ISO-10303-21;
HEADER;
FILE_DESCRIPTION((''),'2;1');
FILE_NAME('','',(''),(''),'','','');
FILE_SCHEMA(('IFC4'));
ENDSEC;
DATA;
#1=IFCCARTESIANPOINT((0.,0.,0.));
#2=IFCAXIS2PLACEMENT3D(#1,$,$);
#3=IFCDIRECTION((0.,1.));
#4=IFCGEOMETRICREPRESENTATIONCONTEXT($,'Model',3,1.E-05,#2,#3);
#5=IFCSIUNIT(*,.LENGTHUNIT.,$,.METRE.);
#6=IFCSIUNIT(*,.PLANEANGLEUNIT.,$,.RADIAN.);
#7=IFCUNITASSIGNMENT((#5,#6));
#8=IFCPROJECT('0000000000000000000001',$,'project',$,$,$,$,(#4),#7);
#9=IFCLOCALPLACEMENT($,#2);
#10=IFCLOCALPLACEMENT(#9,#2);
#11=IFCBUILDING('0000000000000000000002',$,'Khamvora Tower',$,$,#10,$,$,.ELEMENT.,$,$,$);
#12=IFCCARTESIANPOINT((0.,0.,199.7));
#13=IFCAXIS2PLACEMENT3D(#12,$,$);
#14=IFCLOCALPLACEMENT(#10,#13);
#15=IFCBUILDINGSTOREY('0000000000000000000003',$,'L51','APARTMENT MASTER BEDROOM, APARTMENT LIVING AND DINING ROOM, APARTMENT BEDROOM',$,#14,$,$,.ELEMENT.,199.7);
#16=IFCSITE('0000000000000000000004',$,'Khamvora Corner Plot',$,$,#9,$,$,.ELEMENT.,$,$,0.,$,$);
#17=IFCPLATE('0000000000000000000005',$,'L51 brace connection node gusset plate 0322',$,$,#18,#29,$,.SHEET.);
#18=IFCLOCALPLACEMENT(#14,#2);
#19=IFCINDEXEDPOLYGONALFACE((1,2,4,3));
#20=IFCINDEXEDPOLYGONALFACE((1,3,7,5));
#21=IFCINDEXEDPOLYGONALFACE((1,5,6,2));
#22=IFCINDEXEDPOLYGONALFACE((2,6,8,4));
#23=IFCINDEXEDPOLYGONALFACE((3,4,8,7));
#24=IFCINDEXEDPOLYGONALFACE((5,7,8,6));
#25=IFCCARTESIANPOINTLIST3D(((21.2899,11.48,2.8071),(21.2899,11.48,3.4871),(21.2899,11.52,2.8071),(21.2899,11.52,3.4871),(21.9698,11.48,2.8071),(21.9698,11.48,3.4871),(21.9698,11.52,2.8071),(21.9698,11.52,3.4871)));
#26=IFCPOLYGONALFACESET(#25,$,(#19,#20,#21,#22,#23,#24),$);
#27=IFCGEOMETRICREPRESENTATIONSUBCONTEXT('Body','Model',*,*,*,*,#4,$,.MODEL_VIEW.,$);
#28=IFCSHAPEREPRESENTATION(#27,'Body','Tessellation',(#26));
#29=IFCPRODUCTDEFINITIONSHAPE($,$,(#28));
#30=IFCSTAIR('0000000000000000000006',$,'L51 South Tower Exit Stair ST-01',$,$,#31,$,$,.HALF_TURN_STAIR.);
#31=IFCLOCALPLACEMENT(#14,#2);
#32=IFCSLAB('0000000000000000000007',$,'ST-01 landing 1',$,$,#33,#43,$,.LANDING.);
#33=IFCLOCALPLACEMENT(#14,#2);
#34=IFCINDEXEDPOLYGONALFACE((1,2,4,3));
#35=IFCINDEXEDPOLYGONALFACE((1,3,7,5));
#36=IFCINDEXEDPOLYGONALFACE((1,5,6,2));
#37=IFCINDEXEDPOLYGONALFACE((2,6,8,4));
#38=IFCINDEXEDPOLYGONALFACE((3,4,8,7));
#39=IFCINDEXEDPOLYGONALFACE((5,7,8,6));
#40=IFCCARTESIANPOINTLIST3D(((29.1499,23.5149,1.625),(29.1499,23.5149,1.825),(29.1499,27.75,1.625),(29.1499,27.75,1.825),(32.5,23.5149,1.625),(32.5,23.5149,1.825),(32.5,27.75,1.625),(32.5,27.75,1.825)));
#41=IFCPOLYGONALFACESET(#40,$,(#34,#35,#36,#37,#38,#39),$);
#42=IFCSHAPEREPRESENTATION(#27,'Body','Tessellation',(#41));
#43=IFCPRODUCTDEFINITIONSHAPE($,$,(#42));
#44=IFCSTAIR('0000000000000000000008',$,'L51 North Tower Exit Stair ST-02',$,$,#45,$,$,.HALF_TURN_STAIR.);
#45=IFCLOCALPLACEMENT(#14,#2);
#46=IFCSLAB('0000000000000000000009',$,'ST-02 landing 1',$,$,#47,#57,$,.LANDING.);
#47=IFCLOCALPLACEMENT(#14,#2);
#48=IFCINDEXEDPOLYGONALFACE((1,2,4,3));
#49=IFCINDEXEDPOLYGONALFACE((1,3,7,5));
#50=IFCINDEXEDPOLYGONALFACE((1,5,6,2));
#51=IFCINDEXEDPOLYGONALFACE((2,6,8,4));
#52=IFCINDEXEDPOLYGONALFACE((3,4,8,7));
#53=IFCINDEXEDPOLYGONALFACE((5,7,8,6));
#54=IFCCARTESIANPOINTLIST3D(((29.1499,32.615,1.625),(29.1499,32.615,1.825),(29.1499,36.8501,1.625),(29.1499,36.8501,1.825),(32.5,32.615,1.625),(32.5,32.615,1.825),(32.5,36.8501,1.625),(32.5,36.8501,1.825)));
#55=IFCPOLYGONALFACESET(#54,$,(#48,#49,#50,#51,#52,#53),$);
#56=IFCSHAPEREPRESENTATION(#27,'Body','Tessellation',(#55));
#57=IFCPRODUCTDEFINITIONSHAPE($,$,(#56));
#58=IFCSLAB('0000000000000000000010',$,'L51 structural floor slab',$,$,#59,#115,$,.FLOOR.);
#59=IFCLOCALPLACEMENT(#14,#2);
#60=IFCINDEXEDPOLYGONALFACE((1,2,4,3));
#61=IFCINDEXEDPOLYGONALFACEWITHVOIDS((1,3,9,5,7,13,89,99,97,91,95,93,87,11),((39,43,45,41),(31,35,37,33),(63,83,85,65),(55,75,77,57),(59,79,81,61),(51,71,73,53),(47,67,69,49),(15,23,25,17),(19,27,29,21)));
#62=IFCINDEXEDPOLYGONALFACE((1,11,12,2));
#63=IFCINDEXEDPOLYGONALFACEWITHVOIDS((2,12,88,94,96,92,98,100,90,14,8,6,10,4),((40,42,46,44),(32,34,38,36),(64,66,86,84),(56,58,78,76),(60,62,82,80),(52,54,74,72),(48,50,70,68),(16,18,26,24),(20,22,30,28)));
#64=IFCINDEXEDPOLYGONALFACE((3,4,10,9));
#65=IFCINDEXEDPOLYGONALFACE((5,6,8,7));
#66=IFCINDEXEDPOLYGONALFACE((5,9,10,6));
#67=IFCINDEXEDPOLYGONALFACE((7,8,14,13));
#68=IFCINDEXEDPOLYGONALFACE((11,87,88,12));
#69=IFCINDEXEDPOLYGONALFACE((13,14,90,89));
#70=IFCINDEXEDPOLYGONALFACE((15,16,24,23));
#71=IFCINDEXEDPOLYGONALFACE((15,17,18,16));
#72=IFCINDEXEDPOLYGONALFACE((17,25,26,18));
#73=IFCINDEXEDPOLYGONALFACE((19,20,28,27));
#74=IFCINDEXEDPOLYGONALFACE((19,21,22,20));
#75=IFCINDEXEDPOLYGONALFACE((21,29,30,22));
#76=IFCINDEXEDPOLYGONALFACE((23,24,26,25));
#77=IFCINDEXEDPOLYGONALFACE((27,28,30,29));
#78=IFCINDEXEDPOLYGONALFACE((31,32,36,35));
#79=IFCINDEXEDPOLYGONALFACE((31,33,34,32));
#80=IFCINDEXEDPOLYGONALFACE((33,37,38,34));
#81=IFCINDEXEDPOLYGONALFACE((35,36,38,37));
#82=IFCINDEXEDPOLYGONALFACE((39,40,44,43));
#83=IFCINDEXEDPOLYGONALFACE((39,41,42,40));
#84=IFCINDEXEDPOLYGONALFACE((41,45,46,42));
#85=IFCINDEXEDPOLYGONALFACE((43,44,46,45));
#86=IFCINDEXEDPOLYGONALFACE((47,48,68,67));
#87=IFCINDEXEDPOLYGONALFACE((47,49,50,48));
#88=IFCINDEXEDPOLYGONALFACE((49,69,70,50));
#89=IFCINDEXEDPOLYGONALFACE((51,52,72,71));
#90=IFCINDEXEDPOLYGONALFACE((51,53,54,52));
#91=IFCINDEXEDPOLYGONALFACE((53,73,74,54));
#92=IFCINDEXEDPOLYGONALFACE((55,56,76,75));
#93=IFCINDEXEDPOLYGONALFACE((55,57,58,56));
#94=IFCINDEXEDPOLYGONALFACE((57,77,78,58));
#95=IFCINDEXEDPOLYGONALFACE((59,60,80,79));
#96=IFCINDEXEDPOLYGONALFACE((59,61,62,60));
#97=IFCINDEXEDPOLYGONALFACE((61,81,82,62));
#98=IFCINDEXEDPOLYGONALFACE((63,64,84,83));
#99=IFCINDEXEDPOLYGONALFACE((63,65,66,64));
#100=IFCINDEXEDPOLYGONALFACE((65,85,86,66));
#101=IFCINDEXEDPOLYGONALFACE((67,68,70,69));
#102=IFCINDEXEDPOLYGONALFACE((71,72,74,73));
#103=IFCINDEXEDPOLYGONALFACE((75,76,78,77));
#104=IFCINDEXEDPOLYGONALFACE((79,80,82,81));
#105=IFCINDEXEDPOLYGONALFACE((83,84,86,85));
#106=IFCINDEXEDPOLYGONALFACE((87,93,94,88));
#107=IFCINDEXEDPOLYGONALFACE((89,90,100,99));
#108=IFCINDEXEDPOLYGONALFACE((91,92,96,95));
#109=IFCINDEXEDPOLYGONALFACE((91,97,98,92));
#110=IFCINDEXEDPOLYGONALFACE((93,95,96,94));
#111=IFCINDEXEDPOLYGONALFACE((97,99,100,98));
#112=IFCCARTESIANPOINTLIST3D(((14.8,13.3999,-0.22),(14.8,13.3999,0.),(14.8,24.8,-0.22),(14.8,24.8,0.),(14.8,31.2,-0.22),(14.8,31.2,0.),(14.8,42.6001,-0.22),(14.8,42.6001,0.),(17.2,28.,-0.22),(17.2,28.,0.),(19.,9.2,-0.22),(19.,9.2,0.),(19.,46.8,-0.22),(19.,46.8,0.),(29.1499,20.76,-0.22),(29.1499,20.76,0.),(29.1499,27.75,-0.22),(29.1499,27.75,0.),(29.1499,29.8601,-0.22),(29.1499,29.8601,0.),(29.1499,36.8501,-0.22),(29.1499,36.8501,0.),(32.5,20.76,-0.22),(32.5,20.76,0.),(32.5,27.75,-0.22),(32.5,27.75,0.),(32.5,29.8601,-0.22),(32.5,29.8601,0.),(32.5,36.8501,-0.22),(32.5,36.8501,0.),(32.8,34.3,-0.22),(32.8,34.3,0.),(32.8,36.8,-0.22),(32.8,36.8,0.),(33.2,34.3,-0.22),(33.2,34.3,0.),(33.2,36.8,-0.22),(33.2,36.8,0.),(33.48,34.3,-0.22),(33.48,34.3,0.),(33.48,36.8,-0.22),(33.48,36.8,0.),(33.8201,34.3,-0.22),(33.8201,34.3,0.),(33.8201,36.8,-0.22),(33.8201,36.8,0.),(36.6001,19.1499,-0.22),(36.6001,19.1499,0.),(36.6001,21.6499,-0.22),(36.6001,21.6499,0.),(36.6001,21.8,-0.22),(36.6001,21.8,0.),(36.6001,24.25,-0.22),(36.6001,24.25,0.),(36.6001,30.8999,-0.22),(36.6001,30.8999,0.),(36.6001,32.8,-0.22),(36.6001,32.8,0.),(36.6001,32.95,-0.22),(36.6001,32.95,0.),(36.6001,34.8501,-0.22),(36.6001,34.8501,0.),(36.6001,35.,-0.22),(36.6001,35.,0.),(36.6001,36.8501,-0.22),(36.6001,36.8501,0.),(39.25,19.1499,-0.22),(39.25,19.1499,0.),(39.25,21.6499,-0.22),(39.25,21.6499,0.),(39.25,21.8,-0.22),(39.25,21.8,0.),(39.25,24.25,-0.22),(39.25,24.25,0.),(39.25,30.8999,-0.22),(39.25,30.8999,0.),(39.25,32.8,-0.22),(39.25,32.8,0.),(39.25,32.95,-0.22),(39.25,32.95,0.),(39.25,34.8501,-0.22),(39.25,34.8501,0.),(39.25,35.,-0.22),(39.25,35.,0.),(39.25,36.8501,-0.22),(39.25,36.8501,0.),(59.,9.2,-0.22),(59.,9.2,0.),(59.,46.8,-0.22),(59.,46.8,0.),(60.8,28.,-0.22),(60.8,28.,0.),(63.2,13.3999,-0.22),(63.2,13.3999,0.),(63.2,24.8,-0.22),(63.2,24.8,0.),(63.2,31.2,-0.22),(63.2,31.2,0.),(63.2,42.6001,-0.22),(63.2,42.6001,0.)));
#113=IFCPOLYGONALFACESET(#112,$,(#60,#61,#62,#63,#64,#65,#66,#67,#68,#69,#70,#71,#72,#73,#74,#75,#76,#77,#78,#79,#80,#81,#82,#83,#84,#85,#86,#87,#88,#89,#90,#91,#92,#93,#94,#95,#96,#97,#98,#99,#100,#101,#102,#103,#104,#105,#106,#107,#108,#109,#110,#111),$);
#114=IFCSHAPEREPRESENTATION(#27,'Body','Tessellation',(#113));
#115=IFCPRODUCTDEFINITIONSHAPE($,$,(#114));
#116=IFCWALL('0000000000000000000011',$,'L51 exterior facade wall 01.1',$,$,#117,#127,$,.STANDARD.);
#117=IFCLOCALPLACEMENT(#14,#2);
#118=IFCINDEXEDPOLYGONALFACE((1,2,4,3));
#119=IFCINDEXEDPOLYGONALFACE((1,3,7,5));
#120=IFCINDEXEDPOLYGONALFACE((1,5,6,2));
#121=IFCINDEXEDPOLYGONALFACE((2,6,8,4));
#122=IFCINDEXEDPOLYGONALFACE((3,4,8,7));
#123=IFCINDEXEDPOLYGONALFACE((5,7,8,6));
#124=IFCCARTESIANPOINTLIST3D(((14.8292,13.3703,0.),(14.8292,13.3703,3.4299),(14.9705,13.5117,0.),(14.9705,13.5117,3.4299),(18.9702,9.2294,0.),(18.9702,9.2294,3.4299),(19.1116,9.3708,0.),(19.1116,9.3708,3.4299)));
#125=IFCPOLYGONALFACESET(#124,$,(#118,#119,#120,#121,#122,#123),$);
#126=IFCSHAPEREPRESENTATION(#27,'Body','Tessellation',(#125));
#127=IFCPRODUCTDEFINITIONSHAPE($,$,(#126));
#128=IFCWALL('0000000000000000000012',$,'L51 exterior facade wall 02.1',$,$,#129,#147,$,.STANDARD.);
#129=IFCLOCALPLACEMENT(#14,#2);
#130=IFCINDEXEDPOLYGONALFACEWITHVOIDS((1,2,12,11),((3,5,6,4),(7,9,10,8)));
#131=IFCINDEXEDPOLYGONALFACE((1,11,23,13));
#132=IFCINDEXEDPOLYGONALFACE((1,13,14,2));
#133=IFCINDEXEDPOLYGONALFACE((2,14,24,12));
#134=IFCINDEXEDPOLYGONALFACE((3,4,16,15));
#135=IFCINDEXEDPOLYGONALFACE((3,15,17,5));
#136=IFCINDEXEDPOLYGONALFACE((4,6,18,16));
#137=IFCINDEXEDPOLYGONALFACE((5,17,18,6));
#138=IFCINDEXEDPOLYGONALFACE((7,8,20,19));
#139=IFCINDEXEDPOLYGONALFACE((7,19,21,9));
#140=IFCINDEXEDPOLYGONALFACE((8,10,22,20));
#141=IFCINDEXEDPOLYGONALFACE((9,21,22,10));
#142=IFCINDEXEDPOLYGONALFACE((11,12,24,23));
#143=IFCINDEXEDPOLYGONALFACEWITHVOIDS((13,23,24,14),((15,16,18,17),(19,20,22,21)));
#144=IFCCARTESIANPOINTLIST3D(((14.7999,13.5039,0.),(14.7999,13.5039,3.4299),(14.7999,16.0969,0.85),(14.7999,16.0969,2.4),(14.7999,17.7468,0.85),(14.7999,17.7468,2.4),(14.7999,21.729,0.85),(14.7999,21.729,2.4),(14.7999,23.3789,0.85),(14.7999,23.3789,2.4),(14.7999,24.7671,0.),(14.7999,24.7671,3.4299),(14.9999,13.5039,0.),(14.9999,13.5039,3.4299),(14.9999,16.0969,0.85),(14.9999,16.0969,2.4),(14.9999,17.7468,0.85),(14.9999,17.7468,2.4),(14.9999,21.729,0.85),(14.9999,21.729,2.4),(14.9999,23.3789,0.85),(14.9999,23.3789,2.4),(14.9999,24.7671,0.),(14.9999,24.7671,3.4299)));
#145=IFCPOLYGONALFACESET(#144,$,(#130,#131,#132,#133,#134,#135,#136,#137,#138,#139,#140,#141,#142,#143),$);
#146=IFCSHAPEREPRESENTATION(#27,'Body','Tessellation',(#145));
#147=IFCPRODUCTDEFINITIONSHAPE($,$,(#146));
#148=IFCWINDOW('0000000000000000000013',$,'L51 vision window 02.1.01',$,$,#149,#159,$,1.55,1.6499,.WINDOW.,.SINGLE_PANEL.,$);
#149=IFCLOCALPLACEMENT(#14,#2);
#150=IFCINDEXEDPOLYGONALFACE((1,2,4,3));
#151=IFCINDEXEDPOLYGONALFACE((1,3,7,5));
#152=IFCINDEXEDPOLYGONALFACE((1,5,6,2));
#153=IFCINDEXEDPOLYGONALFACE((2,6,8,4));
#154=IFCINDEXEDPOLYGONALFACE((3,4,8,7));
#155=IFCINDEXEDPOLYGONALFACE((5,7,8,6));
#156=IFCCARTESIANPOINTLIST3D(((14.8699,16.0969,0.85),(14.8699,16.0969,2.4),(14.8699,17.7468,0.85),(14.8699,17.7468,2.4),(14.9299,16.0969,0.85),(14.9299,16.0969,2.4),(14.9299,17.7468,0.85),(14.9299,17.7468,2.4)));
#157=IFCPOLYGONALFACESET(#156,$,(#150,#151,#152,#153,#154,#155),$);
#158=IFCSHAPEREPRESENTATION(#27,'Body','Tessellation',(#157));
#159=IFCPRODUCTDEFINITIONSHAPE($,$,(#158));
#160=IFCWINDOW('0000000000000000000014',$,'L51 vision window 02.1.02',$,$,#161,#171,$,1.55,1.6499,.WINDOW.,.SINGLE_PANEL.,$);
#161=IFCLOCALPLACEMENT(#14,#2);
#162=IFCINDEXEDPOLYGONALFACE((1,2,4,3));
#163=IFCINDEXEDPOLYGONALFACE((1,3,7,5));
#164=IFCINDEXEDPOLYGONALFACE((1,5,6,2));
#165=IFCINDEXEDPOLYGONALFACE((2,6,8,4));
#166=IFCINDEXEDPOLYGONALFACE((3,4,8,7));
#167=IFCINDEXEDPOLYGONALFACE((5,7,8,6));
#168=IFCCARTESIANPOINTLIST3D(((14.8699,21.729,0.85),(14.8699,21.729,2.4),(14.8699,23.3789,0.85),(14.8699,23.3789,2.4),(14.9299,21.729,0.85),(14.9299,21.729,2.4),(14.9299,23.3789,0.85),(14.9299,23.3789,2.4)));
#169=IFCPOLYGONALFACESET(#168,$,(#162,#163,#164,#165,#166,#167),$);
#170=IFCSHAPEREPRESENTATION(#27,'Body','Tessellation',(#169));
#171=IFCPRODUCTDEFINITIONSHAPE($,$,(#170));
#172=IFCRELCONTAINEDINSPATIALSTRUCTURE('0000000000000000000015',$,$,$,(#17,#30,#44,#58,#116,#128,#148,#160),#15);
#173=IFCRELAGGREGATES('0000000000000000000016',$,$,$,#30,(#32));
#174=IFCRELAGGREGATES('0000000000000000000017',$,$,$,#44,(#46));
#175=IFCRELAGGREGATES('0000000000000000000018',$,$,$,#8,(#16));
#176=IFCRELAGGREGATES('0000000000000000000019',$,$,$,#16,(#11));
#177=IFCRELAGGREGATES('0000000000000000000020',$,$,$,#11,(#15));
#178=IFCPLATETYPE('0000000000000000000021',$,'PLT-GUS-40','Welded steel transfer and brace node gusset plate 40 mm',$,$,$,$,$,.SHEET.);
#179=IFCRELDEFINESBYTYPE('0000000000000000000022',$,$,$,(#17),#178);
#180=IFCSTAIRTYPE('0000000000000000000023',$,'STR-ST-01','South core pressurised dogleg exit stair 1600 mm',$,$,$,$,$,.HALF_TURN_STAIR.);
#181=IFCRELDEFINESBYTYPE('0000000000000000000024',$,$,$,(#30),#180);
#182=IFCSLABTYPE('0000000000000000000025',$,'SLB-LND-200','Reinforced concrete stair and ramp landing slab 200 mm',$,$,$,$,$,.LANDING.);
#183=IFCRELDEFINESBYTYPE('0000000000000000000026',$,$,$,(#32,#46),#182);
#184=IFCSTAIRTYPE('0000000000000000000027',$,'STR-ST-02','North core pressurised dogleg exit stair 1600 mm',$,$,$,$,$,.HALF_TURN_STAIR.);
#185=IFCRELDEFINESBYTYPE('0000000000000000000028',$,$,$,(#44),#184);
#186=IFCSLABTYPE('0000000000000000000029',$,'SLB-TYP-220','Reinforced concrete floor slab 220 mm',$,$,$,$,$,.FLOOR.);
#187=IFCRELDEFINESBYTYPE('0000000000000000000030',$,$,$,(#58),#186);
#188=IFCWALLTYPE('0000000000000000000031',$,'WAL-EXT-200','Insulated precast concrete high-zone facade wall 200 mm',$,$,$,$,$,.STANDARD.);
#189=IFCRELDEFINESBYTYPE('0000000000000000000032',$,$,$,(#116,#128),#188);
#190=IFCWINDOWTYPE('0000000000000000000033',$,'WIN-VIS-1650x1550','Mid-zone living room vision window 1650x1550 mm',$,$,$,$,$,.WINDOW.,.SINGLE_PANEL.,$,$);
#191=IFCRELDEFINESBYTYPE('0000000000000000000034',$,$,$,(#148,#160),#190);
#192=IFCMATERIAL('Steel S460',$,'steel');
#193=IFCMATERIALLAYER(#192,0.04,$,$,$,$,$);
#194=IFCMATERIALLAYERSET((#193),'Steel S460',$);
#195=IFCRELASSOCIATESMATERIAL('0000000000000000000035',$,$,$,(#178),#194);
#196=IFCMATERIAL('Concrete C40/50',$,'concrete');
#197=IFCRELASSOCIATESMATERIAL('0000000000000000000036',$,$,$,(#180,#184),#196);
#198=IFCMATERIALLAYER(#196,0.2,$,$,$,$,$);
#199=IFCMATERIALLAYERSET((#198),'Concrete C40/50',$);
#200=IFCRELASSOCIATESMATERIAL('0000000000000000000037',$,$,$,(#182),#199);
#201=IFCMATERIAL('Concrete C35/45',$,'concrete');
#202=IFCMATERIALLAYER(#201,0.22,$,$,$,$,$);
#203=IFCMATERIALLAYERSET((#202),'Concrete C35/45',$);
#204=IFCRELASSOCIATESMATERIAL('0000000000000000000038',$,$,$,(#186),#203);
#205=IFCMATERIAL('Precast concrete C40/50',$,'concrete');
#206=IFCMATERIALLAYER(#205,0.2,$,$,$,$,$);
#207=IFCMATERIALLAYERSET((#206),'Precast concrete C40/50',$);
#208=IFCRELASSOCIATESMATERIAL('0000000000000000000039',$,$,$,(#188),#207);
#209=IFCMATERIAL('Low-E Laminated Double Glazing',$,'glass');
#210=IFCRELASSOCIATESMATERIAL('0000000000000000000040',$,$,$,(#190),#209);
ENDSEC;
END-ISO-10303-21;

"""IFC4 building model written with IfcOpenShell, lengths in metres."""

from ifc_helpers import new_model, si_unit, direction, frame, frame_2d, origin, origin_2d, place, context, subcontext, project, spatial, polyline, rectangle, outline, extrude, material, layer, layer_set, type_object, element, fill, aggregate, save


model = new_model("IFC4")

# Units and contexts
model_context = context("Model", 3, precision=1e-05, world=origin(), true_north=direction((0.0, 1.0)))
body_context = subcontext(model_context, "Body", "Model", "MODEL_VIEW")
ifc_project = project(units=[si_unit("LENGTHUNIT", "METRE"), si_unit("PLANEANGLEUNIT", "RADIAN")], contexts=[model_context])

# Site, building, storey
site_placement = place(None, origin())
site = spatial("IfcSite", under=ifc_project, at=site_placement, Name="Khamvora Corner Plot", CompositionType="ELEMENT", RefElevation=0.0)
building_placement = place(site_placement, origin())
building = spatial("IfcBuilding", under=site, at=building_placement, Name="Khamvora Tower", CompositionType="ELEMENT")
storey_placement = place(building_placement, frame((0.0, 0.0, 199.7)))
storey = spatial("IfcBuildingStorey", under=building, at=storey_placement, Name="L51", Description="APARTMENT MASTER BEDROOM, APARTMENT LIVING AND DINING ROOM, APARTMENT BEDROOM", CompositionType="ELEMENT", Elevation=199.7)

# Plate
ifc_material_1 = material(Name="Steel S460", Category="steel")
ifc_layer_1 = layer(ifc_material_1, 0.04)
ifc_layer_set_1 = layer_set([ifc_layer_1], Name="Steel S460")
plate_type_1 = type_object("IfcPlateType", Name="PLT-GUS-40", Description="Welded steel transfer and brace node gusset plate 40 mm", PredefinedType="SHEET", material=ifc_layer_set_1)
plate_1_placement = place(storey_placement, frame((21.6299, 11.5, 2.8071), z_axis=(0.0, 0.0, 1.0), x_axis=(1.0, 0.0, 0.0)))
element("IfcPlate", 1, at=plate_1_placement, inside=storey, type_object=plate_type_1, Name="L51 brace connection node gusset plate 0322", PredefinedType="SHEET", context=body_context, shape_type="SweptSolid", body=[
    extrude(rectangle(XDim=0.6799, YDim=0.04, at=origin_2d()), origin(), (0.0, 0.0, 1.0), 0.6799),
])

# Stairs, slabs
ifc_material_2 = material(Name="Concrete C40/50", Category="concrete")
stair_type_1 = type_object("IfcStairType", Name="STR-ST-01", Description="South core pressurised dogleg exit stair 1600 mm", PredefinedType="HALF_TURN_STAIR", material=ifc_material_2)
stair_1_placement = place(storey_placement, origin())
stair_1 = element("IfcStair", 2, at=stair_1_placement, inside=storey, type_object=stair_type_1, Name="L51 South Tower Exit Stair ST-01", PredefinedType="HALF_TURN_STAIR")
ifc_layer_2 = layer(ifc_material_2, 0.2)
ifc_layer_set_2 = layer_set([ifc_layer_2], Name="Concrete C40/50")
slab_type_1 = type_object("IfcSlabType", Name="SLB-LND-200", Description="Reinforced concrete stair and ramp landing slab 200 mm", PredefinedType="LANDING", material=ifc_layer_set_2)
slab_1_placement = place(storey_placement, frame((0.0, 0.0, 1.625)))
slab_1 = element("IfcSlab", 3, at=slab_1_placement, type_object=slab_type_1, Name="ST-01 landing 1", PredefinedType="LANDING", context=body_context, shape_type="SweptSolid", body=[
    extrude(outline(polyline([(32.5, 23.5149), (32.5, 27.75), (29.1499, 27.75), (29.1499, 23.5149), (32.5, 23.5149)])), origin(), (0.0, 0.0, 1.0), 0.2),
])
aggregate(stair_1, [slab_1])
stair_type_2 = type_object("IfcStairType", Name="STR-ST-02", Description="North core pressurised dogleg exit stair 1600 mm", PredefinedType="HALF_TURN_STAIR", material=ifc_material_2)
stair_2_placement = place(storey_placement, origin())
stair_2 = element("IfcStair", 4, at=stair_2_placement, inside=storey, type_object=stair_type_2, Name="L51 North Tower Exit Stair ST-02", PredefinedType="HALF_TURN_STAIR")
slab_2_placement = place(storey_placement, frame((0.0, 0.0, 1.625)))
slab_2 = element("IfcSlab", 5, at=slab_2_placement, type_object=slab_type_1, Name="ST-02 landing 1", PredefinedType="LANDING", context=body_context, shape_type="SweptSolid", body=[
    extrude(outline(polyline([(32.5, 32.615), (32.5, 36.8501), (29.1499, 36.8501), (29.1499, 32.615), (32.5, 32.615)])), origin(), (0.0, 0.0, 1.0), 0.2),
])
aggregate(stair_2, [slab_2])

# Slab
ifc_material_3 = material(Name="Concrete C35/45", Category="concrete")
ifc_layer_3 = layer(ifc_material_3, 0.22)
ifc_layer_set_3 = layer_set([ifc_layer_3], Name="Concrete C35/45")
slab_type_2 = type_object("IfcSlabType", Name="SLB-TYP-220", Description="Reinforced concrete floor slab 220 mm", PredefinedType="FLOOR", material=ifc_layer_set_3)
slab_3_placement = place(storey_placement, frame((0.0, 0.0, -0.22)))
element("IfcSlab", 6, at=slab_3_placement, inside=storey, type_object=slab_type_2, Name="L51 structural floor slab", PredefinedType="FLOOR", context=body_context, shape_type="SweptSolid", body=[
    extrude(outline(polyline([(19.0, 9.2), (59.0, 9.2), (63.2, 13.3999), (63.2, 24.8), (60.8, 28.0), (63.2, 31.2), (63.2, 42.6001), (59.0, 46.8), (19.0, 46.8), (14.8, 42.6001), (14.8, 31.2), (17.2, 28.0), (14.8, 24.8), (14.8, 13.3999), (19.0, 9.2)]), holes=[polyline([(32.5, 20.76), (32.5, 27.75), (29.1499, 27.75), (29.1499, 20.76), (32.5, 20.76)]), polyline([(32.5, 29.8601), (32.5, 36.8501), (29.1499, 36.8501), (29.1499, 29.8601), (32.5, 29.8601)]), polyline([(36.6001, 19.1499), (39.25, 19.1499), (39.25, 21.6499), (36.6001, 21.6499), (36.6001, 19.1499)]), polyline([(36.6001, 21.8), (39.25, 21.8), (39.25, 24.25), (36.6001, 24.25), (36.6001, 21.8)]), polyline([(36.6001, 30.8999), (39.25, 30.8999), (39.25, 32.8), (36.6001, 32.8), (36.6001, 30.8999)]), polyline([(36.6001, 32.95), (39.25, 32.95), (39.25, 34.8501), (36.6001, 34.8501), (36.6001, 32.95)]), polyline([(36.6001, 35.0), (39.25, 35.0), (39.25, 36.8501), (36.6001, 36.8501), (36.6001, 35.0)]), polyline([(32.8, 34.3), (33.2, 34.3), (33.2, 36.8), (32.8, 36.8), (32.8, 34.3)]), polyline([(33.48, 34.3), (33.8201, 34.3), (33.8201, 36.8), (33.48, 36.8), (33.48, 34.3)])]), origin(), (0.0, 0.0, 1.0), 0.22),
])

# Wall
ifc_material_4 = material(Name="Precast concrete C40/50", Category="concrete")
ifc_layer_4 = layer(ifc_material_4, 0.2)
ifc_layer_set_4 = layer_set([ifc_layer_4], Name="Precast concrete C40/50")
wall_type_1 = type_object("IfcWallType", Name="WAL-EXT-200", Description="Insulated precast concrete high-zone facade wall 200 mm", PredefinedType="STANDARD", material=ifc_layer_set_4)
wall_1_placement = place(storey_placement, frame((19.041, 9.3, 0.0), z_axis=(0.0, 0.0, 1.0), x_axis=(-0.707128, 0.707086, 0.0)))
element("IfcWall", 7, at=wall_1_placement, inside=storey, type_object=wall_type_1, Name="L51 exterior facade wall 01.1", PredefinedType="STANDARD", context=body_context, shape_type="SweptSolid", body=[
    extrude(rectangle(XDim=5.8562, YDim=0.2, at=frame_2d((2.9282, 0.0))), origin(), (0.0, 0.0, 1.0), 3.4299),
])

# Wall, openings, windows
wall_2_placement = place(storey_placement, frame((14.8999, 13.5039, 0.0), z_axis=(0.0, 0.0, 1.0), x_axis=(0.0, 1.0, 0.0)))
wall_2 = element("IfcWall", 8, at=wall_2_placement, inside=storey, type_object=wall_type_1, Name="L51 exterior facade wall 02.1", PredefinedType="STANDARD", context=body_context, shape_type="SweptSolid", body=[
    extrude(rectangle(XDim=11.2632, YDim=0.2, at=frame_2d((5.6316, 0.0))), origin(), (0.0, 0.0, 1.0), 3.4299),
])
opening_1_placement = place(wall_2_placement, frame((2.593, 0.0, 0.8501)))
opening_1 = element("IfcOpeningElement", 9, at=opening_1_placement, cuts=wall_2, PredefinedType="OPENING", context=body_context, shape_type="SweptSolid", body=[
    extrude(rectangle(XDim=1.6499, YDim=1.55, at=frame_2d((0.825, 0.7749))), frame((0.0, 0.1099, 0.0), z_axis=(0.0, -1.0, 0.0), x_axis=(1.0, 0.0, 0.0)), (0.0, 0.0, 1.0), 0.22),
])
opening_2_placement = place(wall_2_placement, frame((8.2251, 0.0, 0.8501)))
opening_2 = element("IfcOpeningElement", 10, at=opening_2_placement, cuts=wall_2, PredefinedType="OPENING", context=body_context, shape_type="SweptSolid", body=[
    extrude(rectangle(XDim=1.6499, YDim=1.55, at=frame_2d((0.825, 0.7749))), frame((0.0, 0.1099, 0.0), z_axis=(0.0, -1.0, 0.0), x_axis=(1.0, 0.0, 0.0)), (0.0, 0.0, 1.0), 0.22),
])
ifc_material_5 = material(Name="Low-E Laminated Double Glazing", Category="glass")
window_type = type_object("IfcWindowType", Name="WIN-VIS-1650x1550", Description="Mid-zone living room vision window 1650x1550 mm", PartitioningType="SINGLE_PANEL", PredefinedType="WINDOW", material=ifc_material_5)
window_1_placement = place(opening_1_placement, origin())
window_1 = element("IfcWindow", 11, at=window_1_placement, inside=storey, type_object=window_type, Name="L51 vision window 02.1.01", OverallHeight=1.55, OverallWidth=1.6499, PartitioningType="SINGLE_PANEL", PredefinedType="WINDOW", context=body_context, shape_type="SweptSolid", body=[
    extrude(rectangle(XDim=1.6499, YDim=1.55, at=frame_2d((0.825, 0.7749))), frame((0.0, 0.03, 0.0), z_axis=(0.0, -1.0, 0.0), x_axis=(1.0, 0.0, 0.0)), (0.0, 0.0, 1.0), 0.0601),
])
fill(opening_1, window_1)
window_2_placement = place(opening_2_placement, origin())
window_2 = element("IfcWindow", 12, at=window_2_placement, inside=storey, type_object=window_type, Name="L51 vision window 02.1.02", OverallHeight=1.55, OverallWidth=1.6499, PartitioningType="SINGLE_PANEL", PredefinedType="WINDOW", context=body_context, shape_type="SweptSolid", body=[
    extrude(rectangle(XDim=1.6499, YDim=1.55, at=frame_2d((0.825, 0.7749))), frame((0.0, 0.03, 0.0), z_axis=(0.0, -1.0, 0.0), x_axis=(1.0, 0.0, 0.0)), (0.0, 0.0, 1.0), 0.0601),
])
fill(opening_2, window_2)

save(model, "model.ifc")
